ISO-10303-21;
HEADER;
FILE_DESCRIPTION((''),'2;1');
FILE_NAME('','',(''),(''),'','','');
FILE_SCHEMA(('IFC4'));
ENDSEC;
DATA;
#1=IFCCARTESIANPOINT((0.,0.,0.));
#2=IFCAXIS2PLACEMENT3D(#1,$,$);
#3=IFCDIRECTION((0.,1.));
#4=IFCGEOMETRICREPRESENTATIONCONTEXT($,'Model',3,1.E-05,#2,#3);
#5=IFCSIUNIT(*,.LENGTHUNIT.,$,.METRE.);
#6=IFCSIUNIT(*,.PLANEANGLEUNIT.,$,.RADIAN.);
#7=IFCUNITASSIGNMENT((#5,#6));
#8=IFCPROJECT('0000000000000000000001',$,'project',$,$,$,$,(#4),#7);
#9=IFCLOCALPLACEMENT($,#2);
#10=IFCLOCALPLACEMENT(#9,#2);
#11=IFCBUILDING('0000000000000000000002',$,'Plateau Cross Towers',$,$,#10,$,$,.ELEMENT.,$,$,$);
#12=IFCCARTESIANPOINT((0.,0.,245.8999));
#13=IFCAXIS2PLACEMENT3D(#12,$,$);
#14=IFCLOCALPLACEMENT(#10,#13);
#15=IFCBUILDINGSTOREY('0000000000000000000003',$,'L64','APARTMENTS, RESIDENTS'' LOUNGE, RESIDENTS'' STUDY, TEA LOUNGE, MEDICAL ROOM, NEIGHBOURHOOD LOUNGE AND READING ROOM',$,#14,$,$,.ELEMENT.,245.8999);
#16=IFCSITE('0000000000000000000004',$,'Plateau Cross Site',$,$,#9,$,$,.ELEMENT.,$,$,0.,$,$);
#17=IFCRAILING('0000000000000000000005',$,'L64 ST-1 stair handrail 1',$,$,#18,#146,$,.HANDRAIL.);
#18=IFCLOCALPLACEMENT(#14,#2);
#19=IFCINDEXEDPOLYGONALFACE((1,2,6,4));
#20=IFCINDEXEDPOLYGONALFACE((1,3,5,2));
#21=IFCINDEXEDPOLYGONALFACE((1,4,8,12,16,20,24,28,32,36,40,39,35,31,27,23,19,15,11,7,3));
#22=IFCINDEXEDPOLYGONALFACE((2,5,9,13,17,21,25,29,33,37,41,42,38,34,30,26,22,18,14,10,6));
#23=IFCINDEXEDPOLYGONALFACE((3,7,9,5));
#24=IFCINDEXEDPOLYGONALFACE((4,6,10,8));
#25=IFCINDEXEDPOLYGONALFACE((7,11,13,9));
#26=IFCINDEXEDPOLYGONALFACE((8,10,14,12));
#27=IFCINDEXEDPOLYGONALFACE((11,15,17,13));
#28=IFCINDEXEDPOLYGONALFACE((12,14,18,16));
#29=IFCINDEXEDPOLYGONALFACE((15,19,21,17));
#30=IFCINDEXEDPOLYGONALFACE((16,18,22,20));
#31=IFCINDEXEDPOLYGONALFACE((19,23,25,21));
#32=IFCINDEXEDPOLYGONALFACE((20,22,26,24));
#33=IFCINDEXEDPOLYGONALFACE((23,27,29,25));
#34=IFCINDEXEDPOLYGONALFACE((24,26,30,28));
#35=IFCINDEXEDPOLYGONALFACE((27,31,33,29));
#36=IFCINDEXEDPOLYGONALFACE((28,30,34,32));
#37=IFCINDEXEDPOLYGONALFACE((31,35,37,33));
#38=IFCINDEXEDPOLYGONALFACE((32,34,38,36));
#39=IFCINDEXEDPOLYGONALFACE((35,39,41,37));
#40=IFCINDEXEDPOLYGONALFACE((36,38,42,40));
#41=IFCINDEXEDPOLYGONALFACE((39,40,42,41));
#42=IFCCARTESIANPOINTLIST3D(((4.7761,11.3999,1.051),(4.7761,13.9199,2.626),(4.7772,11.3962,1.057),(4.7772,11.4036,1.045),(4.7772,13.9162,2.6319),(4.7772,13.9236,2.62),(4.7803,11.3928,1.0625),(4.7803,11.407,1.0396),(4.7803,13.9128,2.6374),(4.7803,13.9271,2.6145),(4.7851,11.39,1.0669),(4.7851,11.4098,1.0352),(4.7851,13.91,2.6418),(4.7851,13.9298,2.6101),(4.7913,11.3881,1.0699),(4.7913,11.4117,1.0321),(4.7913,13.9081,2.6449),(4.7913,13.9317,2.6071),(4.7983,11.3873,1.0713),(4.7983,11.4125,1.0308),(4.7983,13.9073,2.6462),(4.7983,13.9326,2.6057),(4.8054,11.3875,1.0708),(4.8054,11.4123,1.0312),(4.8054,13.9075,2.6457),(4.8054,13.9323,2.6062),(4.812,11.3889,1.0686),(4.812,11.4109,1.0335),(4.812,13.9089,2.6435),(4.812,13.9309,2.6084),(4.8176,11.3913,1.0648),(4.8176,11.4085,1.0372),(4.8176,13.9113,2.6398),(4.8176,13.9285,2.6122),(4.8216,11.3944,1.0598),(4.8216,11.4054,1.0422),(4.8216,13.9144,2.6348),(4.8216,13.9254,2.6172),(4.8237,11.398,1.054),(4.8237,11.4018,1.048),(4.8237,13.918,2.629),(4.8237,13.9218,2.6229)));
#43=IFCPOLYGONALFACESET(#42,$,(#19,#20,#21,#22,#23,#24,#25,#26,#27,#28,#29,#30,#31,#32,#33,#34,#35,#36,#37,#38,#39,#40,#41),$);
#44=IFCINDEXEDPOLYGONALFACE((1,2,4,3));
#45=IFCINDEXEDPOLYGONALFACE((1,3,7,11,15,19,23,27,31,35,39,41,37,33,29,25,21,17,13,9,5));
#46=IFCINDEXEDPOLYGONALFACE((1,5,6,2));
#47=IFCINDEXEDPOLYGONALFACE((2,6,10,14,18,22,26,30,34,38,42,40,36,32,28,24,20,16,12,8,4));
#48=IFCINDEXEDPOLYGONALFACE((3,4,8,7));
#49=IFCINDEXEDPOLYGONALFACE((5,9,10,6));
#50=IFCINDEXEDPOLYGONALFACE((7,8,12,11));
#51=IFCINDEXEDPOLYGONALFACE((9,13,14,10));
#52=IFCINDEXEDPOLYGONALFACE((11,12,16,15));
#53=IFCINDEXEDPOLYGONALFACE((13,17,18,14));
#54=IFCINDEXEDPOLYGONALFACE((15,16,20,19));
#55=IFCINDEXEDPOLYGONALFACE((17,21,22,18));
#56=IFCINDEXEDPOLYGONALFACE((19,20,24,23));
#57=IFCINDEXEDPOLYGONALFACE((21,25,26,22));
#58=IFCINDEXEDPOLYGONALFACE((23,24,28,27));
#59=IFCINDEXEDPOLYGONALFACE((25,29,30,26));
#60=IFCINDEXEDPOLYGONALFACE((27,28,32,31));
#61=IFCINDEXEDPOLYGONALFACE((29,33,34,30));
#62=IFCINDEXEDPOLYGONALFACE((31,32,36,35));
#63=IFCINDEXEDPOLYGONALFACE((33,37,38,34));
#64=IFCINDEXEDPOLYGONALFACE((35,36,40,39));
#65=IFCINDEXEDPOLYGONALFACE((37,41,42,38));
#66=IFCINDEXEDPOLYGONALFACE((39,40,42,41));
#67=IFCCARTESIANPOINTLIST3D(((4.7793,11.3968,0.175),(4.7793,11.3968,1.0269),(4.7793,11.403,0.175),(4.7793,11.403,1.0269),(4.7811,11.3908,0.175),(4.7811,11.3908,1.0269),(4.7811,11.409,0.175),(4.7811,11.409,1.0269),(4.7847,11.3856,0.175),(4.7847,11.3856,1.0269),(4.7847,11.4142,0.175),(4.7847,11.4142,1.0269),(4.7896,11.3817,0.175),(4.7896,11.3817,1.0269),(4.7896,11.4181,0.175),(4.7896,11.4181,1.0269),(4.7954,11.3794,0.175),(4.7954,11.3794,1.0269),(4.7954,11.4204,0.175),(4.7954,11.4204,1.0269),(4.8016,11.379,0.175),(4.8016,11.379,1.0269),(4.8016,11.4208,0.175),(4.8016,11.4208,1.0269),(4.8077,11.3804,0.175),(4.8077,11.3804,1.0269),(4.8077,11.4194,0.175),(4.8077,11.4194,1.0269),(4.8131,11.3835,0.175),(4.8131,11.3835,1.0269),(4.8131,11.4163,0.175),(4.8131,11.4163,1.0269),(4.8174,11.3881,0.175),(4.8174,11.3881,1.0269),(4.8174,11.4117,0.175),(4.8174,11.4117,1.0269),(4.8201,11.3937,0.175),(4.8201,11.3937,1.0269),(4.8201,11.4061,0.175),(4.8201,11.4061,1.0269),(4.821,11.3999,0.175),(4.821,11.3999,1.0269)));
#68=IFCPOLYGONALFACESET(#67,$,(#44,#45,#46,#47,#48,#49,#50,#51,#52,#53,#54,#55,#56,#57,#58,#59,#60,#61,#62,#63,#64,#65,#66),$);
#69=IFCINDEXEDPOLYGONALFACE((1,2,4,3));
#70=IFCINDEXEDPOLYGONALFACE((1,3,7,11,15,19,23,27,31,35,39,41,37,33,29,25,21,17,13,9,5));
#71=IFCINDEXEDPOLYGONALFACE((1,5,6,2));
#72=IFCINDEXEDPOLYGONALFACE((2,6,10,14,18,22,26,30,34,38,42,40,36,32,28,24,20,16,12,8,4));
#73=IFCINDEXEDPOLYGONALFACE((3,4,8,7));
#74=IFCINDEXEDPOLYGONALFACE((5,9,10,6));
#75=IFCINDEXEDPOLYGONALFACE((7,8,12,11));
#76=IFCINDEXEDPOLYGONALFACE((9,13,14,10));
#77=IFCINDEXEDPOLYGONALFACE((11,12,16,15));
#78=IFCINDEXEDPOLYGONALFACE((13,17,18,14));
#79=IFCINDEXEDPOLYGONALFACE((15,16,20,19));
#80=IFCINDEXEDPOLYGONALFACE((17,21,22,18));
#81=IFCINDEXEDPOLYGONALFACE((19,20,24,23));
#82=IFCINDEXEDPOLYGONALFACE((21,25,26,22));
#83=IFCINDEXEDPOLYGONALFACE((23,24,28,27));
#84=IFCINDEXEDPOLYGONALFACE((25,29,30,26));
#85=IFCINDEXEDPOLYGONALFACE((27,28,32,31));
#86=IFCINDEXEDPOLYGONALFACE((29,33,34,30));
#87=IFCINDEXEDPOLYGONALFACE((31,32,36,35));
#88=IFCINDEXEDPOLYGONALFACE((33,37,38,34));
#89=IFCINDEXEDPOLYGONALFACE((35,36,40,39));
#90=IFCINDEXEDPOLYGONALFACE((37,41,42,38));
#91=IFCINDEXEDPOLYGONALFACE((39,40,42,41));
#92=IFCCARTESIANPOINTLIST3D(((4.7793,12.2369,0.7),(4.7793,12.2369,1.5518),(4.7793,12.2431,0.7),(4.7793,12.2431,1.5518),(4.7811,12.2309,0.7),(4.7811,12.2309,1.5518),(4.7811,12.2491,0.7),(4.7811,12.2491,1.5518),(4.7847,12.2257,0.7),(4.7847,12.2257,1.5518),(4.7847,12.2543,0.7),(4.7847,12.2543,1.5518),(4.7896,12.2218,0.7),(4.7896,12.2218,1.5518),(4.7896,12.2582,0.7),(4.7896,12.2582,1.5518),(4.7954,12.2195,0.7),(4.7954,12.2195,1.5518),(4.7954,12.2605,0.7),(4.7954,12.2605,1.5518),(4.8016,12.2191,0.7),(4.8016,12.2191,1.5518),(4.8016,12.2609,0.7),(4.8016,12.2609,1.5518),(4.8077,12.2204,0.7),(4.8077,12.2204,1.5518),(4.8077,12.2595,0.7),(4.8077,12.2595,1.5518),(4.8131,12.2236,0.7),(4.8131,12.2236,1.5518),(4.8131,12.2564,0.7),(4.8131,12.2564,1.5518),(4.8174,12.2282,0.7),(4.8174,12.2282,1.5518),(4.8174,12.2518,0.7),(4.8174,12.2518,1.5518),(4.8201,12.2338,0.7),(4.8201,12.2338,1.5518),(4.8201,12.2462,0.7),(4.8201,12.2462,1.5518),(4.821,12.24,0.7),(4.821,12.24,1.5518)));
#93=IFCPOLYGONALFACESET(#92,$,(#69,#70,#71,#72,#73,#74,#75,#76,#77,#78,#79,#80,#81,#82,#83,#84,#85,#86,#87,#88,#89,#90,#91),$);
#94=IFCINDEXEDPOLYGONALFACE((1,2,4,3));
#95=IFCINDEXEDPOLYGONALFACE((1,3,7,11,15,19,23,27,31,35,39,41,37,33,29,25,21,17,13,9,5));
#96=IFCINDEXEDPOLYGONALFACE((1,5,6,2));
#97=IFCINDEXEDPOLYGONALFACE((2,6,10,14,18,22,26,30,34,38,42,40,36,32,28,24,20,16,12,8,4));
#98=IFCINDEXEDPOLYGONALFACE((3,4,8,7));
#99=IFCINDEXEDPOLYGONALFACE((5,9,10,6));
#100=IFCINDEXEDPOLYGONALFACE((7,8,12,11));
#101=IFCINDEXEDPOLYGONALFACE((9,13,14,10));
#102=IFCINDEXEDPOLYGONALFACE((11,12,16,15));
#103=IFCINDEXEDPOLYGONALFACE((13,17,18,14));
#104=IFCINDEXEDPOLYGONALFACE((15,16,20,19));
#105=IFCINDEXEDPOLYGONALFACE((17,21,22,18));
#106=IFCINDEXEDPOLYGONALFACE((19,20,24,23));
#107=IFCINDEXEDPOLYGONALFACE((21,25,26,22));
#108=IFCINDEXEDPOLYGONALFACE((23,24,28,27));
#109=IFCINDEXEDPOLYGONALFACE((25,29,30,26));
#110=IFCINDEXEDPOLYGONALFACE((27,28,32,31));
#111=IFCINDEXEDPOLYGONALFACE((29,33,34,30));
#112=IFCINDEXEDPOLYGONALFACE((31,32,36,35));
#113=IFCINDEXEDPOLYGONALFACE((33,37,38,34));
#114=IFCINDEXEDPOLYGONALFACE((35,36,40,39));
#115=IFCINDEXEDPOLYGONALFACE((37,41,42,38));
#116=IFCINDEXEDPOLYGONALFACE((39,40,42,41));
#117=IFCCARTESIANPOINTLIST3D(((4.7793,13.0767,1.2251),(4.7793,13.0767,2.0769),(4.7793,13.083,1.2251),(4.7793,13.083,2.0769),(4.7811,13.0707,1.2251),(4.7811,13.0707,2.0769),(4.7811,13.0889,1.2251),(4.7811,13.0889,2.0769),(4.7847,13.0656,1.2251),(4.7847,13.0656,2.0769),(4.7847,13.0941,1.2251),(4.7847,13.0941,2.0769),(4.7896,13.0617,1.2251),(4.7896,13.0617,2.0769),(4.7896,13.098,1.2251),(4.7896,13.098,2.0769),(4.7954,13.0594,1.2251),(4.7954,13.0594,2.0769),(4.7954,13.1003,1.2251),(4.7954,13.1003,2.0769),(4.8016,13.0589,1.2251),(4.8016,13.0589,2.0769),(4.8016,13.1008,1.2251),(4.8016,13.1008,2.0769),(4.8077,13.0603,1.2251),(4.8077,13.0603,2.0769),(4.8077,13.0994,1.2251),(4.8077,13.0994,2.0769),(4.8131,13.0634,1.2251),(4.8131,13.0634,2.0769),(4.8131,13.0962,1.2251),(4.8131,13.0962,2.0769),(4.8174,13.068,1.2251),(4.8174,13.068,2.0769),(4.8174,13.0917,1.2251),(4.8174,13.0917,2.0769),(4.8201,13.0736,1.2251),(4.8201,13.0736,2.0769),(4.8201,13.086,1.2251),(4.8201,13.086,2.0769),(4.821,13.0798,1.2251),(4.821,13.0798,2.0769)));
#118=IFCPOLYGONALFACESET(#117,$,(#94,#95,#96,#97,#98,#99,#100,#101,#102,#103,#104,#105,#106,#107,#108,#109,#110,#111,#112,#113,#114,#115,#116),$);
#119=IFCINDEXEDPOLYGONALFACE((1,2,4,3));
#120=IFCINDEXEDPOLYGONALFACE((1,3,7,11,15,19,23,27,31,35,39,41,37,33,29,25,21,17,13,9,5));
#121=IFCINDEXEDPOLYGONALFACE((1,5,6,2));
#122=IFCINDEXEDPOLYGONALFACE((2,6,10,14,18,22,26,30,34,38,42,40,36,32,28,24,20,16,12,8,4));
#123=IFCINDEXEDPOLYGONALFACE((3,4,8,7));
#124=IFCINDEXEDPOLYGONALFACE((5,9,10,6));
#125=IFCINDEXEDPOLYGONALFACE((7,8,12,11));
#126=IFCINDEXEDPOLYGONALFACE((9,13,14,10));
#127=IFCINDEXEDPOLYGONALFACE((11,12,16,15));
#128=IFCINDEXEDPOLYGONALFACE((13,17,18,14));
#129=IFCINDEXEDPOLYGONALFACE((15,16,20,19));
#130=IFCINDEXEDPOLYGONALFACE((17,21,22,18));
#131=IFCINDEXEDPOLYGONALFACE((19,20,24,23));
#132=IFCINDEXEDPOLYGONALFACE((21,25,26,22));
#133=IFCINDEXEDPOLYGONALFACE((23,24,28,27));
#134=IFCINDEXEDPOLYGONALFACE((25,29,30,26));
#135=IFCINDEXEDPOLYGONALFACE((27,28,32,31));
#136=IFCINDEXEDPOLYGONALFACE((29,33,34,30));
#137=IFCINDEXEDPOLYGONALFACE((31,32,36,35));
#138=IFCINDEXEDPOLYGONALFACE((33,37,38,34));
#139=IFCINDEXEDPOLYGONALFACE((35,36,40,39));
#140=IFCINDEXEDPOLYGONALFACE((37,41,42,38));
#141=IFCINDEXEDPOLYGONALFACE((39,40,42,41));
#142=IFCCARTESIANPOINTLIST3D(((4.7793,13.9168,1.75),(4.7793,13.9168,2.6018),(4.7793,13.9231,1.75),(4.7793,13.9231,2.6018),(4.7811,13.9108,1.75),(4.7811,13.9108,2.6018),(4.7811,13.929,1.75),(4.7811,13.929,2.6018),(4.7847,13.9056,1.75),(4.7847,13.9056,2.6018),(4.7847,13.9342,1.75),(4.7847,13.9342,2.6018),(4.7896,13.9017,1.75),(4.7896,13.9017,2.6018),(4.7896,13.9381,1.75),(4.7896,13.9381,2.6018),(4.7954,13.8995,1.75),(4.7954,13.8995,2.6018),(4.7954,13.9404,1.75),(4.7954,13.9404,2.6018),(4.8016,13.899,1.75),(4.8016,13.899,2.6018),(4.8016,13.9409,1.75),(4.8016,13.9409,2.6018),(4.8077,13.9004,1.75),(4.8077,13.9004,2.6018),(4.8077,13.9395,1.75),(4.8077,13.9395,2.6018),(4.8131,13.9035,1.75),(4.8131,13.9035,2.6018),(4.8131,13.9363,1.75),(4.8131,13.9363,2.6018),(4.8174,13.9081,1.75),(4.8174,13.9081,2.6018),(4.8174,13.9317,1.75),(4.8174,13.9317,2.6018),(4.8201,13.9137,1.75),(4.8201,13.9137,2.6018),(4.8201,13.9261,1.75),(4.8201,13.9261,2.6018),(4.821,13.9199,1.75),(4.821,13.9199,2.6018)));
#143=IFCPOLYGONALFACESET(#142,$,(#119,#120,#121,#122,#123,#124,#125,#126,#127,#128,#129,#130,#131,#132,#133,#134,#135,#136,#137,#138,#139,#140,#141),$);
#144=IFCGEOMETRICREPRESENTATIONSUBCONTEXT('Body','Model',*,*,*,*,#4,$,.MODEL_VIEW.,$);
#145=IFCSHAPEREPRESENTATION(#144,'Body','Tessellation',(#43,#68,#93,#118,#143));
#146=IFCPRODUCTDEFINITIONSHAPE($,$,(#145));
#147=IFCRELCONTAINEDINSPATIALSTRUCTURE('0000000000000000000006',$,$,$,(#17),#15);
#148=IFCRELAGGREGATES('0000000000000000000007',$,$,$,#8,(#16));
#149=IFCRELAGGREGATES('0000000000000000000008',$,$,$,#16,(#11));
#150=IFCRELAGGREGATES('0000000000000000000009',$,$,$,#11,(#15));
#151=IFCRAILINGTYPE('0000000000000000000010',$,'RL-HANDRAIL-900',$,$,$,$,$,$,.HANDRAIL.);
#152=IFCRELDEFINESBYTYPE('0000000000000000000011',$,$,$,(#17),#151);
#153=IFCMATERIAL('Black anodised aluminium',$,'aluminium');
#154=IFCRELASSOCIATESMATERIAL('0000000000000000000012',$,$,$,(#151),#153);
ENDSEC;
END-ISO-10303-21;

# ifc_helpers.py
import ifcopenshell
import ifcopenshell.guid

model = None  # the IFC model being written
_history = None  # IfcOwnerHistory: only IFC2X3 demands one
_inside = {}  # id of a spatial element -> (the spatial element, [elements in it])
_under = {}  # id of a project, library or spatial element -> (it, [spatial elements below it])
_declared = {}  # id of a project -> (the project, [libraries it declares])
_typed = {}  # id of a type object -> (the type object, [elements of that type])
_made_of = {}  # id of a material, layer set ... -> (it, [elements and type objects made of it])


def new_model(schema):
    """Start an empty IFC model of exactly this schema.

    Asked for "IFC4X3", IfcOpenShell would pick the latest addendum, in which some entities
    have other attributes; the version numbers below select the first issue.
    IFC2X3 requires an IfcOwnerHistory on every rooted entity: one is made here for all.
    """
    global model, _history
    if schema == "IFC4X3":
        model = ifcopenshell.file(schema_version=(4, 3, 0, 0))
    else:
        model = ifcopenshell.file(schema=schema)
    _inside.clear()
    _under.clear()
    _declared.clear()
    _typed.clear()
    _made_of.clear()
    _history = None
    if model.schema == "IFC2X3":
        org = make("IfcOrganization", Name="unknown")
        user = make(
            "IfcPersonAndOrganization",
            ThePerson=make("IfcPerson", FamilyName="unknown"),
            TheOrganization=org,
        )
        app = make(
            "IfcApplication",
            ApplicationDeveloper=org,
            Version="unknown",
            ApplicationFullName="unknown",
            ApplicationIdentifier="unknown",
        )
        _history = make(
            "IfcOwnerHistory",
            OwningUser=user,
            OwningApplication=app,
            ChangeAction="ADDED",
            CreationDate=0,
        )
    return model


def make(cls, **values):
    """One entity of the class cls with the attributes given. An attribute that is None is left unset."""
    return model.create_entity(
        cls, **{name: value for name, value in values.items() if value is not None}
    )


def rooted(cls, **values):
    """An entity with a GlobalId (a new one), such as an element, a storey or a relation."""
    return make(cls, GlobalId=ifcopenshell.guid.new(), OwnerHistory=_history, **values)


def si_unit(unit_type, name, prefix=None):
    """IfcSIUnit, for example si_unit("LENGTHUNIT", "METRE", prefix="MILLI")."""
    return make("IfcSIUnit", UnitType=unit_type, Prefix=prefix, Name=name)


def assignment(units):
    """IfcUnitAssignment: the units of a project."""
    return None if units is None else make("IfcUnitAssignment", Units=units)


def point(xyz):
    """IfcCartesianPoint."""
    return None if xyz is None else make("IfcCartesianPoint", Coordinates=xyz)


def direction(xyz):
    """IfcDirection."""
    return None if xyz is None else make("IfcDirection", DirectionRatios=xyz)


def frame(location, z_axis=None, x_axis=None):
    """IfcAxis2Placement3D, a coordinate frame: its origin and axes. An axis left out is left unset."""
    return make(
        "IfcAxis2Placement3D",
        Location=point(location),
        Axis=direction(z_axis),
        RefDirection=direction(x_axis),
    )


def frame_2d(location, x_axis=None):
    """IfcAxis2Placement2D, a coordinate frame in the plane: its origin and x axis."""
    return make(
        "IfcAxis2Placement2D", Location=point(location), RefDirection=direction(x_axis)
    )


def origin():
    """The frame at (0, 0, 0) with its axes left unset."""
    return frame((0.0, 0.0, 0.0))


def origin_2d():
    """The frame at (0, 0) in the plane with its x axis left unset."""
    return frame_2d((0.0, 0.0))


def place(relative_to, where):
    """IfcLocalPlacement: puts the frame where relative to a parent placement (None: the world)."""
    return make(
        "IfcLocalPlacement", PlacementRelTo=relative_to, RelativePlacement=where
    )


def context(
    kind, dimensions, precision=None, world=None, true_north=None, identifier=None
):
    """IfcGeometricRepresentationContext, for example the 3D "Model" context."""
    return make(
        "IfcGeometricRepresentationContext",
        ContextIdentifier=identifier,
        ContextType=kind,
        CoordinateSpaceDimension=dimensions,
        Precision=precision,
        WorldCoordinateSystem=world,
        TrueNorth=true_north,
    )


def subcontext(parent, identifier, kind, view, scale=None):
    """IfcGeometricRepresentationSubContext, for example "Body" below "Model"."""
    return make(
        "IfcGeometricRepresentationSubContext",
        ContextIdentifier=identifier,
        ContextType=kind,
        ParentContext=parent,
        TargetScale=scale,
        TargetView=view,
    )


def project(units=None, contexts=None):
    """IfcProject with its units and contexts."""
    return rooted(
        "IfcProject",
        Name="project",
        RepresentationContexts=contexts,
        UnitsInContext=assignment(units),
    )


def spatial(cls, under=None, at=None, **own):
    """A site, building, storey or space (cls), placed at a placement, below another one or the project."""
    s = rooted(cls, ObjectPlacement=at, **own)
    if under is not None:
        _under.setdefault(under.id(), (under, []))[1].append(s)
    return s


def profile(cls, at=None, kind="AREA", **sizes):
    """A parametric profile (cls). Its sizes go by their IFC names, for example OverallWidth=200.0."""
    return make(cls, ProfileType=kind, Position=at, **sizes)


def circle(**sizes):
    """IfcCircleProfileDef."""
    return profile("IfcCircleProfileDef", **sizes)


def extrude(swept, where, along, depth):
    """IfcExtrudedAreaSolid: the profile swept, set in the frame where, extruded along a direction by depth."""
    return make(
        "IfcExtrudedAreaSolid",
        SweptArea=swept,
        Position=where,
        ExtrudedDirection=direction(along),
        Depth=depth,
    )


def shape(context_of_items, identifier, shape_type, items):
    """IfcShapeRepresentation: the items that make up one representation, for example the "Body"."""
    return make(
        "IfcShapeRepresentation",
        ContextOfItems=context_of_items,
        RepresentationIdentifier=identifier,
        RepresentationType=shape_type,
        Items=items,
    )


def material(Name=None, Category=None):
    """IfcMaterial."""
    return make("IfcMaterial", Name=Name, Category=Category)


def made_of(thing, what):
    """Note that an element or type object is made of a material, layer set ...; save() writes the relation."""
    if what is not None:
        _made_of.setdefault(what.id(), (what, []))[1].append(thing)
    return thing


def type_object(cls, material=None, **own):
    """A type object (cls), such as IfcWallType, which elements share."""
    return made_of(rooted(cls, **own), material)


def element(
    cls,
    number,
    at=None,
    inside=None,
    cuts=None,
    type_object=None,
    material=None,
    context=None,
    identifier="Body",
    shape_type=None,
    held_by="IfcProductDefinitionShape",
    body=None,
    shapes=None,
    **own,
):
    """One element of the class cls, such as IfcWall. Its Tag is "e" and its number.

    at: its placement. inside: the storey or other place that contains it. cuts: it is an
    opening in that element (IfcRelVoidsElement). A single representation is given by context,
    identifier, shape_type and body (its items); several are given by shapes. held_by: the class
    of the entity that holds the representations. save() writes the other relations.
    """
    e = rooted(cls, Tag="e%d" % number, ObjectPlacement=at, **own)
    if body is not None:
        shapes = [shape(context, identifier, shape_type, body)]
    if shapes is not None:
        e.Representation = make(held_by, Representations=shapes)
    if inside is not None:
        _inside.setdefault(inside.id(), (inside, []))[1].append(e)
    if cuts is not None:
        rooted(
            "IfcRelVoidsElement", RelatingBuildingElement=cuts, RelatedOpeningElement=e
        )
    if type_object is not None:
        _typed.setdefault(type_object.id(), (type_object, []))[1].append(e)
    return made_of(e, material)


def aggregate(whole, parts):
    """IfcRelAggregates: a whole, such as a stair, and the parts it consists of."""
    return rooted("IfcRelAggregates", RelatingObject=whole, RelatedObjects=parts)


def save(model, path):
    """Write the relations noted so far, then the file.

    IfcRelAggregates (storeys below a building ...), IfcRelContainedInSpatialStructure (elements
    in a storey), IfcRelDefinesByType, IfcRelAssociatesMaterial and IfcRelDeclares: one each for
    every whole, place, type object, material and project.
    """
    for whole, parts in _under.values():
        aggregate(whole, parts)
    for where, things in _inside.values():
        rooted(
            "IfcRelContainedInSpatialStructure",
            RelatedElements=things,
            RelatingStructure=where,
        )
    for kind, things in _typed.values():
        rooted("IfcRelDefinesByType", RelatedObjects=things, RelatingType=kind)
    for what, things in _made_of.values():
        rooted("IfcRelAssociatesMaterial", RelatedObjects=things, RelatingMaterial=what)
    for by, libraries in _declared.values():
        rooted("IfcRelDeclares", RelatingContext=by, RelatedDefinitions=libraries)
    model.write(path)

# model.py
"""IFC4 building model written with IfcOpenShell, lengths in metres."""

from ifc_helpers import new_model, si_unit, direction, frame, origin, origin_2d, place, context, subcontext, project, spatial, circle, extrude, material, type_object, element, save


model = new_model("IFC4")

# Units and contexts
model_context = context("Model", 3, precision=1e-05, world=origin(), true_north=direction((0.0, 1.0)))
body_context = subcontext(model_context, "Body", "Model", "MODEL_VIEW")
ifc_project = project(units=[si_unit("LENGTHUNIT", "METRE"), si_unit("PLANEANGLEUNIT", "RADIAN")], contexts=[model_context])

# Site, building, storey
site_placement = place(None, origin())
site = spatial("IfcSite", under=ifc_project, at=site_placement, Name="Plateau Cross Site", CompositionType="ELEMENT", RefElevation=0.0)
building_placement = place(site_placement, origin())
building = spatial("IfcBuilding", under=site, at=building_placement, Name="Plateau Cross Towers", CompositionType="ELEMENT")
storey_placement = place(building_placement, frame((0.0, 0.0, 245.8999)))
storey = spatial("IfcBuildingStorey", under=building, at=storey_placement, Name="L64", Description="APARTMENTS, RESIDENTS' LOUNGE, RESIDENTS' STUDY, TEA LOUNGE, MEDICAL ROOM, NEIGHBOURHOOD LOUNGE AND READING ROOM", CompositionType="ELEMENT", Elevation=245.8999)

# Shared definitions
ifc_material_1 = material(Name="Black anodised aluminium", Category="aluminium")

# Railing
railing_type_1 = type_object("IfcRailingType", Name="RL-HANDRAIL-900", PredefinedType="HANDRAIL", material=ifc_material_1)
railing_1_placement = place(storey_placement, frame((4.8, 11.3999, 0.175)))
element("IfcRailing", 1, at=railing_1_placement, inside=storey, type_object=railing_type_1, Name="L64 ST-1 stair handrail 1", PredefinedType="HANDRAIL", context=body_context, shape_type="SweptSolid", body=[
    extrude(circle(Radius=0.0239, at=origin_2d()), frame((0.0, 0.0, 0.876), z_axis=(0.0, 0.848008, 0.529984), x_axis=(-1.0, 0.0, 0.0)), (0.0, 0.0, 1.0), 2.9717),
    extrude(circle(Radius=0.021, at=origin_2d()), origin(), (0.0, 0.0, 1.0), 0.8518),
    extrude(circle(Radius=0.021, at=origin_2d()), frame((0.0, 0.8401, 0.5249)), (0.0, 0.0, 1.0), 0.8518),
    extrude(circle(Radius=0.021, at=origin_2d()), frame((0.0, 1.6799, 1.05)), (0.0, 0.0, 1.0), 0.8518),
    extrude(circle(Radius=0.021, at=origin_2d()), frame((0.0, 2.52, 1.575)), (0.0, 0.0, 1.0), 0.8518),
])

save(model, "model.ifc")
